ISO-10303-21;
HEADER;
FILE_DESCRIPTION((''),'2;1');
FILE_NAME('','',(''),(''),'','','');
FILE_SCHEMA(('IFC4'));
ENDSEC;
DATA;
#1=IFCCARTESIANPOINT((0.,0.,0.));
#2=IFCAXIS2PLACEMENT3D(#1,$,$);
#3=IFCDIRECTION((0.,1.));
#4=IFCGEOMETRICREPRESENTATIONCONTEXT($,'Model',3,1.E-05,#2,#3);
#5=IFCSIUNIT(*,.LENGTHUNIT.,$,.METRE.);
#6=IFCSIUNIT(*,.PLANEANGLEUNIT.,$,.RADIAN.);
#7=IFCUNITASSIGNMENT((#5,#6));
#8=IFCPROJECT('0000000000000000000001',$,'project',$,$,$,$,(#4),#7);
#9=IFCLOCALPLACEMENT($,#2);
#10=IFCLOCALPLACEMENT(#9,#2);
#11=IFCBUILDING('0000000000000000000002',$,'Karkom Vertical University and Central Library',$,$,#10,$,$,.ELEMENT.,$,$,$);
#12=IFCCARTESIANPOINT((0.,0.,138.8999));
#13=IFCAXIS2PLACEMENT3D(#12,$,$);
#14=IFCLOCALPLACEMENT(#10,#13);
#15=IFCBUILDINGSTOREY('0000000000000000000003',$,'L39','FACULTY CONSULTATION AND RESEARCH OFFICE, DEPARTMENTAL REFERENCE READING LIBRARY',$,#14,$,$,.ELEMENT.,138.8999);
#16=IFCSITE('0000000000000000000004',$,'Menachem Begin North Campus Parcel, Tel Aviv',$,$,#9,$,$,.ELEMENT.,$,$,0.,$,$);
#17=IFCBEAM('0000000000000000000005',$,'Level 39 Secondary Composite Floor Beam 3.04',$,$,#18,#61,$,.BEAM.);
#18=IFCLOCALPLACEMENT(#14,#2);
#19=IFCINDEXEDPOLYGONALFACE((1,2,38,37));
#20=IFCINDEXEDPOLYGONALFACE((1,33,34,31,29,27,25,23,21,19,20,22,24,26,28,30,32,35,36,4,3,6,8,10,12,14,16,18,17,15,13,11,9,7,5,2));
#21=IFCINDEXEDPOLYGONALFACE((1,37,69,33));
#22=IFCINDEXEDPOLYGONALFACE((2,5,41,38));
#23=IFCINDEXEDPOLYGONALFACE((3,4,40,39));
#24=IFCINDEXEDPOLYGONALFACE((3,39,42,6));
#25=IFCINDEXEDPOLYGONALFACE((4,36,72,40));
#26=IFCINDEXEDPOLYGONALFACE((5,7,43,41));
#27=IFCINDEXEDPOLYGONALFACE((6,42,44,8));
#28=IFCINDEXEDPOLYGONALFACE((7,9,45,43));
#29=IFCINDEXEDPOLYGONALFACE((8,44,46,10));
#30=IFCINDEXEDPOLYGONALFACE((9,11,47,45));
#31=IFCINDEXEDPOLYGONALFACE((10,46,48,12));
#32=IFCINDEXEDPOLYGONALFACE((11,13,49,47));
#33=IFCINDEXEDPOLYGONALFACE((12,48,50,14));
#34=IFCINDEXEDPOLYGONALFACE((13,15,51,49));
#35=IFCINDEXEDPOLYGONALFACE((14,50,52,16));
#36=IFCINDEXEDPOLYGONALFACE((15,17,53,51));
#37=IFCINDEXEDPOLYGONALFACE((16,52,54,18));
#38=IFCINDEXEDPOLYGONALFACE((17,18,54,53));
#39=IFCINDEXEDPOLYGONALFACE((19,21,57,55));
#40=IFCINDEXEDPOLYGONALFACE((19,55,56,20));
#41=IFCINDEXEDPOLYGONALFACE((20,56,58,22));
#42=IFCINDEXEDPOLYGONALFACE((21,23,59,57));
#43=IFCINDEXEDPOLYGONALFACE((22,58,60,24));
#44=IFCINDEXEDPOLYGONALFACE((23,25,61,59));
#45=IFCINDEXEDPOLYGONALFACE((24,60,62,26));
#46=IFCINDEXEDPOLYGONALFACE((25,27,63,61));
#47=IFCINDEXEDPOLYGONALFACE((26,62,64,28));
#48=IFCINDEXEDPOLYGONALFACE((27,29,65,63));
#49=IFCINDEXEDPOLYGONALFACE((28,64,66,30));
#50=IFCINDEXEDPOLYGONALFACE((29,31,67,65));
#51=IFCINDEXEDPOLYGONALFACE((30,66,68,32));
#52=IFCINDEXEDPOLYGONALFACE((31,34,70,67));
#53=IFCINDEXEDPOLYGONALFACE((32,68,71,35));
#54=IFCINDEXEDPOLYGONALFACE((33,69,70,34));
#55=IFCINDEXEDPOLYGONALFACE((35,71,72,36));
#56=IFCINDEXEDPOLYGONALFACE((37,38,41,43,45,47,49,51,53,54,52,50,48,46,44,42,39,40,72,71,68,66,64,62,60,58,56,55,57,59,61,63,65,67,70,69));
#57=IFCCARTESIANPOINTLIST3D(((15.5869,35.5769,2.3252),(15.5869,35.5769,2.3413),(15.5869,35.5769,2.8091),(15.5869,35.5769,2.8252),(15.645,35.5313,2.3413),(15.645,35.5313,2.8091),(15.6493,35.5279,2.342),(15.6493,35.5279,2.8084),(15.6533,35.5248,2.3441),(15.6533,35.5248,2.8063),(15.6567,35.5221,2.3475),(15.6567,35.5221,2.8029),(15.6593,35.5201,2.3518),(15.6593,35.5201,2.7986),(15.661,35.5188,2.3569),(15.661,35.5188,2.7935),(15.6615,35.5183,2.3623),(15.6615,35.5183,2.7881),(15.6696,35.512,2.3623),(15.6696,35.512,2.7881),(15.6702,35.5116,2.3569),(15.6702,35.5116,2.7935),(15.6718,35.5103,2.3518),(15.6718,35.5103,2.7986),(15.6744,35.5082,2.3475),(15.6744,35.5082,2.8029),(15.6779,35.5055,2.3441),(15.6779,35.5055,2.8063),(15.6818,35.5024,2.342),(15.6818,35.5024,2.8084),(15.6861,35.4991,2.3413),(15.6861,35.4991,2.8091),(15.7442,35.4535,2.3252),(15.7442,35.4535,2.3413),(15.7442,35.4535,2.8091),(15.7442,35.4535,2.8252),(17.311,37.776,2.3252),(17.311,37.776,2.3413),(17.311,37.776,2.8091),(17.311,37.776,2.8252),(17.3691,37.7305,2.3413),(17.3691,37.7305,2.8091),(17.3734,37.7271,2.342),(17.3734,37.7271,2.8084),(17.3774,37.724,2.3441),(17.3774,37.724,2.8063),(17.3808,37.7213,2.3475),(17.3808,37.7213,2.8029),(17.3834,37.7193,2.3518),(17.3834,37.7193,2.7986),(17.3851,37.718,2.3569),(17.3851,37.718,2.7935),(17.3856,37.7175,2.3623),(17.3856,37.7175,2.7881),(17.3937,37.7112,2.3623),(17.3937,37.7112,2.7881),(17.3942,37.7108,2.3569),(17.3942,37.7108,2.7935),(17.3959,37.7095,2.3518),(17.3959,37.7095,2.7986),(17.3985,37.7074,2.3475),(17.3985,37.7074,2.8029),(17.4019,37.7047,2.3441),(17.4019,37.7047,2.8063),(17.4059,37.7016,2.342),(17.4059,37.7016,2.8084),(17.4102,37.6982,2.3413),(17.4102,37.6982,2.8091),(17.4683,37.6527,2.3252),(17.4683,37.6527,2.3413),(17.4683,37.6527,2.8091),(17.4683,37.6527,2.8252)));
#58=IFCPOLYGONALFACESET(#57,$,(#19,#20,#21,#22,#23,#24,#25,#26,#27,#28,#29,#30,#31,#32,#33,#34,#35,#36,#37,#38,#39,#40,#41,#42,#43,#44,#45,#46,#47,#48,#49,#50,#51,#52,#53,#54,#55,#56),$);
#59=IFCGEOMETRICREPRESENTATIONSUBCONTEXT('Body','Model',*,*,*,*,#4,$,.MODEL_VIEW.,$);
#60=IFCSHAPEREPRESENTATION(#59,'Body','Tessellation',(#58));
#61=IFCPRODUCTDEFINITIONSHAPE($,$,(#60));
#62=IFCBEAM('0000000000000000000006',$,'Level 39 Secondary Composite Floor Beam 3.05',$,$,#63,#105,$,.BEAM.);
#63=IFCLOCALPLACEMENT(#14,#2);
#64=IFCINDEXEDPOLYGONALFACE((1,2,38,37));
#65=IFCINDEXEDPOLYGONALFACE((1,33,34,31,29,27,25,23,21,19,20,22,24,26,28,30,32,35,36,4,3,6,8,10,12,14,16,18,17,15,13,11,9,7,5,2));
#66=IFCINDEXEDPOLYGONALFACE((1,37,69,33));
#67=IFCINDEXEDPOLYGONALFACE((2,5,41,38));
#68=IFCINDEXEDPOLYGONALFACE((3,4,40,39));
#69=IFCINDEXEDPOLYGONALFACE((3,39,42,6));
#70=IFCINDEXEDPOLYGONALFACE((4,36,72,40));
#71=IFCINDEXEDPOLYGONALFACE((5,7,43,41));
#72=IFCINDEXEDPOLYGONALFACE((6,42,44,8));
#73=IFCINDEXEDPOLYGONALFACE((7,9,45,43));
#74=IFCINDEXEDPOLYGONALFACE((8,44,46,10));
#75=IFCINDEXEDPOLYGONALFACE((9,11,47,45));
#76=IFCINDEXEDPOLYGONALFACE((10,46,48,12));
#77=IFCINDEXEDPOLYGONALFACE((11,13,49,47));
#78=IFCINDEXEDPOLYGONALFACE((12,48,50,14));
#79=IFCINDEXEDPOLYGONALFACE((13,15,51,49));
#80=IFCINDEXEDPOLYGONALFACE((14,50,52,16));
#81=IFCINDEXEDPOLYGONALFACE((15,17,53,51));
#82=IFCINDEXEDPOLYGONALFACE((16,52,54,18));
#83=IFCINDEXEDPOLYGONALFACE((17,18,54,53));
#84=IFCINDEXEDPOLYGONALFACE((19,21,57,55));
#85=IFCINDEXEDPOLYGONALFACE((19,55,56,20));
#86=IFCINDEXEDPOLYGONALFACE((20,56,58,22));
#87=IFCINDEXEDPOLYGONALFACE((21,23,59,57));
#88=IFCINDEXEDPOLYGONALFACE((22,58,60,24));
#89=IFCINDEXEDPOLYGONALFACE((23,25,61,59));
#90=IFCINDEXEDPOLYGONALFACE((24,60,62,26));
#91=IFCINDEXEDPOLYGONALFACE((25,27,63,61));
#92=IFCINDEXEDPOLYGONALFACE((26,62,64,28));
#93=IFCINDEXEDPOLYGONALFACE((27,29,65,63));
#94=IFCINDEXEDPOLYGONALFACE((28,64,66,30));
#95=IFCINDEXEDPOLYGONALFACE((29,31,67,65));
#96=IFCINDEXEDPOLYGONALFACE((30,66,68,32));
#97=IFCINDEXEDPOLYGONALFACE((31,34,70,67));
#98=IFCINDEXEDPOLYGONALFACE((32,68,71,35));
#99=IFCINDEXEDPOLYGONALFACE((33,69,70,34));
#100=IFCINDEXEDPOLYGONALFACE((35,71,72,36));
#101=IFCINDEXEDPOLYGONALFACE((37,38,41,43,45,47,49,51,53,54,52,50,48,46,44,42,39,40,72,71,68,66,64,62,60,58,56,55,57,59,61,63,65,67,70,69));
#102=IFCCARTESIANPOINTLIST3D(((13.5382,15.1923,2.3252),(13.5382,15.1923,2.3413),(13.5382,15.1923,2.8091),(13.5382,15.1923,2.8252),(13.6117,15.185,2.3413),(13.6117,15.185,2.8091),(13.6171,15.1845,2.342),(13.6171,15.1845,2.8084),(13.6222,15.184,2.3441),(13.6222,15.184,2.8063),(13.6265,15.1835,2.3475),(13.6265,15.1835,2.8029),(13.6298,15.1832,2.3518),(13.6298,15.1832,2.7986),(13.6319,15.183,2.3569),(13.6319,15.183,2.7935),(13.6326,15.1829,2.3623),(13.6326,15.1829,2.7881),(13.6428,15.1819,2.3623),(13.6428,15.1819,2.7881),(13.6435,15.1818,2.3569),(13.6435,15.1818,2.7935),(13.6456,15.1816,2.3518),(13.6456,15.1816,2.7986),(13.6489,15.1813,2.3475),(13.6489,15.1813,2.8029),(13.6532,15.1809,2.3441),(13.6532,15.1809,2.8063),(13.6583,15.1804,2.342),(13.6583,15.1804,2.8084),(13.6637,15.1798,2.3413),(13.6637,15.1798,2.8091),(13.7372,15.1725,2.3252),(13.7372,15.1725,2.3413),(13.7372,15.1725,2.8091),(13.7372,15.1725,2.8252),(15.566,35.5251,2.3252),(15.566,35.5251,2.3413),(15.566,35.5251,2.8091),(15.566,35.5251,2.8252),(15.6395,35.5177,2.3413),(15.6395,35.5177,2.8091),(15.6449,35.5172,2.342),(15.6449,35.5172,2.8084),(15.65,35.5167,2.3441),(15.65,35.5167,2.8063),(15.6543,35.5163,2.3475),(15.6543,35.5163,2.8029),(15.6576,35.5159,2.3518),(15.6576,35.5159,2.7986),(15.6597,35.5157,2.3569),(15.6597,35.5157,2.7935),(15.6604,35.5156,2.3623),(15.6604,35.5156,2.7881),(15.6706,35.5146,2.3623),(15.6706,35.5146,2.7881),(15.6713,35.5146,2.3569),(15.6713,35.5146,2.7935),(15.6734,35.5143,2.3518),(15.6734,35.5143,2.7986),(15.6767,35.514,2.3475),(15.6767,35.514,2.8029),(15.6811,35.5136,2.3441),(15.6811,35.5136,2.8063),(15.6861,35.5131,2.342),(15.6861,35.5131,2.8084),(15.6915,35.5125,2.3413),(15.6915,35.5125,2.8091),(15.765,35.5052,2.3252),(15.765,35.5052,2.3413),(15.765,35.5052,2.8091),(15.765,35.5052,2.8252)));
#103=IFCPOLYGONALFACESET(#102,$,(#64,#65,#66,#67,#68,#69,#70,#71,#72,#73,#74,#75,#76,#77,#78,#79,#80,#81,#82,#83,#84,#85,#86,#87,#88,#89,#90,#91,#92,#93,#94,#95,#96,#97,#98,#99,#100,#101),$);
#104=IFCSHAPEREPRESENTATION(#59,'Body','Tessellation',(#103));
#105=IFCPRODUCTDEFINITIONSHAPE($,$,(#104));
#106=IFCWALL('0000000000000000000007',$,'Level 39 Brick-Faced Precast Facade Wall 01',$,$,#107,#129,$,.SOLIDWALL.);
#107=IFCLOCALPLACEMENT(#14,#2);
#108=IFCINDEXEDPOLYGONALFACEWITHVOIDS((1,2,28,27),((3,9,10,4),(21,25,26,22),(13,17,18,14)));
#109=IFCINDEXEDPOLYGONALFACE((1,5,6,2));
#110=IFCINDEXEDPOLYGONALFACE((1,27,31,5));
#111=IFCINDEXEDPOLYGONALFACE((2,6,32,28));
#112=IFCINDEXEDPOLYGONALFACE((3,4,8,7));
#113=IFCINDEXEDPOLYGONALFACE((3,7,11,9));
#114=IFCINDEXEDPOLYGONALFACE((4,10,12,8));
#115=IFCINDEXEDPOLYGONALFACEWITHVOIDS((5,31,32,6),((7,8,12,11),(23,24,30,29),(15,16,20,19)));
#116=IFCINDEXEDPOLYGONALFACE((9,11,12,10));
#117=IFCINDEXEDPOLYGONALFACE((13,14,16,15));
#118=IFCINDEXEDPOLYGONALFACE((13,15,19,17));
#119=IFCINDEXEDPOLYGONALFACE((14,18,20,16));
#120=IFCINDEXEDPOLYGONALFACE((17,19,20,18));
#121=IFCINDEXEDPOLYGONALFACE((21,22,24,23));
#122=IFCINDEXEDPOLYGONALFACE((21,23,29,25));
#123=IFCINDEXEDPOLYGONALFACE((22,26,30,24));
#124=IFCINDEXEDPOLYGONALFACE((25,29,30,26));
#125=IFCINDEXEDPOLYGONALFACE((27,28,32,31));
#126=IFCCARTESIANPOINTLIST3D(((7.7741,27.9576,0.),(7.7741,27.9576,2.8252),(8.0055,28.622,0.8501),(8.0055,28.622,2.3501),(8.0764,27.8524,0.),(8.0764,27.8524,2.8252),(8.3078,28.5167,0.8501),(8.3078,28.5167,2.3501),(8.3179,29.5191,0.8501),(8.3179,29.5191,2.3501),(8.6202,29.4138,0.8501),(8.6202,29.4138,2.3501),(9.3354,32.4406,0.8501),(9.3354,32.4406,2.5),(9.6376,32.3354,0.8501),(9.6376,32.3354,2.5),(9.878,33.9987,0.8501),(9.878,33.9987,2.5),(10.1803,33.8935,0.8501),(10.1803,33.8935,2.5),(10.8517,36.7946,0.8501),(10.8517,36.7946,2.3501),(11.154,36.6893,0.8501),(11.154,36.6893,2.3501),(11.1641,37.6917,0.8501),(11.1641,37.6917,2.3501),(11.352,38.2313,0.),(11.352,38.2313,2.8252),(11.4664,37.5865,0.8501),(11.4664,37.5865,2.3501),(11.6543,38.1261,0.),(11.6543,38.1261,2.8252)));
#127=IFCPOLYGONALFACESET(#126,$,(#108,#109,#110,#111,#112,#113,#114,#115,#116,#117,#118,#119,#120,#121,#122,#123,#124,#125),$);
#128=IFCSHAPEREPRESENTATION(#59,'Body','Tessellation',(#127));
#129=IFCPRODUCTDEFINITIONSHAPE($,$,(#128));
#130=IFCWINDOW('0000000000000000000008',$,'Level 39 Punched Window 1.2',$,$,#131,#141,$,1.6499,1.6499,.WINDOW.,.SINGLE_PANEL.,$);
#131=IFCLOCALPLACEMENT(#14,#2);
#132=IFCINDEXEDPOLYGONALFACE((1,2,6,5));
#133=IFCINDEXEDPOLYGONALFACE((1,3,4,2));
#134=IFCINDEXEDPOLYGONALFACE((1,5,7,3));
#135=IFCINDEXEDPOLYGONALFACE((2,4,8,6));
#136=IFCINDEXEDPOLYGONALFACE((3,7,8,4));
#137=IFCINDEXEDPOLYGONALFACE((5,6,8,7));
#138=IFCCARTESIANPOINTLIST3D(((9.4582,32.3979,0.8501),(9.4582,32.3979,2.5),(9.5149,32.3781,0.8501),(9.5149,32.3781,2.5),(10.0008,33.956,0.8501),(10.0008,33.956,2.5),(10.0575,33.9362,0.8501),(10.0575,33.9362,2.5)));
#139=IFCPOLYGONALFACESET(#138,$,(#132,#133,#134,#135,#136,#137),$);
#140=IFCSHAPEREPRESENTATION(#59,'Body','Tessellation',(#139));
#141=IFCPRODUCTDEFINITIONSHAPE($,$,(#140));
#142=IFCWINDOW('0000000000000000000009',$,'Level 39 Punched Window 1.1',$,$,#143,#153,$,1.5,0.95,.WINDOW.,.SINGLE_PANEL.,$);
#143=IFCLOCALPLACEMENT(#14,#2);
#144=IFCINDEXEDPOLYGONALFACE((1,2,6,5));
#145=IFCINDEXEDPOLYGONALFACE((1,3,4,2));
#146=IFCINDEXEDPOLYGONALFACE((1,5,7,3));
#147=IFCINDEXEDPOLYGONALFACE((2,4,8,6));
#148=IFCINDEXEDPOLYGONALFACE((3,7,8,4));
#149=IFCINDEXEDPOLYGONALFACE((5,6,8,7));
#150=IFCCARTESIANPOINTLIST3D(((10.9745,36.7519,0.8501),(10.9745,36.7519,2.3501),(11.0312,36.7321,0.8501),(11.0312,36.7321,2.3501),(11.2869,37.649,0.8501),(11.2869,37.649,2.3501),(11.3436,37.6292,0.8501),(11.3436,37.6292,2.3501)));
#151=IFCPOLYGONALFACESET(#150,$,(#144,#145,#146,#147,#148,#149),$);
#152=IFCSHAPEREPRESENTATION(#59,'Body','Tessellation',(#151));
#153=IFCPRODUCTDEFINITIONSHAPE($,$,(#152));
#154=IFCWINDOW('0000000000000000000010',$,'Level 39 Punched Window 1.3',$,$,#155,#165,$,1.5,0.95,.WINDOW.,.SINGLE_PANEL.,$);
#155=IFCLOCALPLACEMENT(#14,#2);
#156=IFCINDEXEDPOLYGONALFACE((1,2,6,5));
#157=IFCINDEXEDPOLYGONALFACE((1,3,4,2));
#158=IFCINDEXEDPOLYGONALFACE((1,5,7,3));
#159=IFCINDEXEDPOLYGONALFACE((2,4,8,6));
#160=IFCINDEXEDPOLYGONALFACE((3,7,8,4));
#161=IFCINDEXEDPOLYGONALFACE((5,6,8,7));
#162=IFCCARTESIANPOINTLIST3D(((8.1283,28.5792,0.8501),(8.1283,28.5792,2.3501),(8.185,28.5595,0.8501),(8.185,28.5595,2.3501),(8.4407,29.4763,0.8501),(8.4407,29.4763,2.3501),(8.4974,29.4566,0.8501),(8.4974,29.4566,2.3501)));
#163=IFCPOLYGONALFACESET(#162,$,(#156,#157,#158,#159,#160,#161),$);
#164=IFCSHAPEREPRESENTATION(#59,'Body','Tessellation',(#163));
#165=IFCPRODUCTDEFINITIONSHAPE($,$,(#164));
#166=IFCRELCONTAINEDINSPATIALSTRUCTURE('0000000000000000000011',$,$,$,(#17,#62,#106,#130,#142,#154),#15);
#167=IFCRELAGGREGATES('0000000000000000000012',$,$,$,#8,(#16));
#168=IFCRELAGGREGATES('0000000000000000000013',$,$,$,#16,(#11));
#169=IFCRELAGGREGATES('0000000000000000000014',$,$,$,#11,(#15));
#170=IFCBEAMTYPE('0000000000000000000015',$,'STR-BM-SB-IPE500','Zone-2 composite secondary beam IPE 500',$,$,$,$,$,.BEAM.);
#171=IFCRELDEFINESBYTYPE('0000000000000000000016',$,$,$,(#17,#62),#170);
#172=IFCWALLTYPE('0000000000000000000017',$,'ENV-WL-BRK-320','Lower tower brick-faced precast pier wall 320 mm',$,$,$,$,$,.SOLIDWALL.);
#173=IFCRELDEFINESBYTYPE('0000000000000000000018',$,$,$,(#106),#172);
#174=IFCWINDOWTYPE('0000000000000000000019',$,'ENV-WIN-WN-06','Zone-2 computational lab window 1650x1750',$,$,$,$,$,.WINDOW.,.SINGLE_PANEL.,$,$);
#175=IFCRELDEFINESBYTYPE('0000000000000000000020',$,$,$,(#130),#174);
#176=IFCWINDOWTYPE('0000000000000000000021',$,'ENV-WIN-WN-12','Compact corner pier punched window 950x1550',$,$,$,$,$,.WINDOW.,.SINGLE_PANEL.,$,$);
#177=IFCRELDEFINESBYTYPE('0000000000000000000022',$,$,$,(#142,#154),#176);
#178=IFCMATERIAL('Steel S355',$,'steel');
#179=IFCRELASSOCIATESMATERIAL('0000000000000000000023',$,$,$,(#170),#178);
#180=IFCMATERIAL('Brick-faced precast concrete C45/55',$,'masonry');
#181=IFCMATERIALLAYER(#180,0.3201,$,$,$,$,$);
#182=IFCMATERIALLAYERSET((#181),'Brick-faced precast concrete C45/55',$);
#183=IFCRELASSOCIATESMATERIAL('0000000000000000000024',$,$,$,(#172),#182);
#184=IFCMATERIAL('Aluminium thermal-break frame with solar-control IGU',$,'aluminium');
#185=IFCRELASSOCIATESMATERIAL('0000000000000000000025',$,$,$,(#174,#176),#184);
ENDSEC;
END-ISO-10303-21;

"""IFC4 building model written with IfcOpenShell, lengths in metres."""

from ifc_helpers import new_model, si_unit, direction, frame, frame_2d, origin, origin_with_axes, origin_2d, place, context, subcontext, project, spatial, rectangle, i_section, extrude, source, transform, mapped, material, layer, layer_set, material_profile, profile_set, type_object, element, fill, save


model = new_model("IFC4")

# Units and contexts
model_context = context("Model", 3, precision=1e-05, world=origin(), true_north=direction((0.0, 1.0)))
body_context = subcontext(model_context, "Body", "Model", "MODEL_VIEW")
ifc_project = project(units=[si_unit("LENGTHUNIT", "METRE"), si_unit("PLANEANGLEUNIT", "RADIAN")], contexts=[model_context])

# Site, building, storey
site_placement = place(None, origin())
site = spatial("IfcSite", under=ifc_project, at=site_placement, Name="Menachem Begin North Campus Parcel, Tel Aviv", CompositionType="ELEMENT", RefElevation=0.0)
building_placement = place(site_placement, origin())
building = spatial("IfcBuilding", under=site, at=building_placement, Name="Karkom Vertical University and Central Library", CompositionType="ELEMENT")
storey_placement = place(building_placement, frame((0.0, 0.0, 138.8999)))
storey = spatial("IfcBuildingStorey", under=building, at=storey_placement, Name="L39", Description="FACULTY CONSULTATION AND RESEARCH OFFICE, DEPARTMENTAL REFERENCE READING LIBRARY", CompositionType="ELEMENT", Elevation=138.8999)

# Beams
ifc_material_1 = material(Name="Steel S355", Category="steel")
ifc_material_profile_1 = material_profile(ifc_material_1, i_section(OverallWidth=0.2, OverallDepth=0.5, WebThickness=0.0103, FlangeThickness=0.0161, FilletRadius=0.021, at=origin_2d()), Name="IPE 500")
ifc_profile_set_1 = profile_set([ifc_material_profile_1], Name="Steel S355")
beam_type_1 = type_object("IfcBeamType", Name="STR-BM-SB-IPE500", Description="Zone-2 composite secondary beam IPE 500", PredefinedType="BEAM", material=ifc_profile_set_1)
shared_shape_1 = source(origin_with_axes(), body_context, "Body", "SweptSolid", [
    extrude(i_section(OverallWidth=0.2, OverallDepth=0.5, WebThickness=0.0103, FlangeThickness=0.0161, FilletRadius=0.021, at=origin_2d()), origin(), (0.0, 0.0, 1.0), 2.7944),
])
beam_1_placement = place(storey_placement, frame((17.3896, 37.7144, 2.5752), z_axis=(-0.616972, -0.786985, 0.0), x_axis=(0.786985, -0.616972, 0.0)))
element("IfcBeam", 1, at=beam_1_placement, inside=storey, type_object=beam_type_1, Name="Level 39 Secondary Composite Floor Beam 3.04", PredefinedType="BEAM", context=body_context, shape_type="MappedRepresentation", body=[
    mapped(shared_shape_1, transform((0.0, 0.0, 0.0), scale=1.0)),
])
shared_shape_2 = source(origin_with_axes(), body_context, "Body", "SweptSolid", [
    extrude(i_section(OverallWidth=0.2, OverallDepth=0.5, WebThickness=0.0103, FlangeThickness=0.0161, FilletRadius=0.021, at=origin_2d()), origin(), (0.0, 0.0, 1.0), 20.4336),
])
beam_2_placement = place(storey_placement, frame((15.6655, 35.5151, 2.5752), z_axis=(-0.09924, -0.995064, 0.0), x_axis=(0.995064, -0.09924, 0.0)))
element("IfcBeam", 2, at=beam_2_placement, inside=storey, type_object=beam_type_1, Name="Level 39 Secondary Composite Floor Beam 3.05", PredefinedType="BEAM", context=body_context, shape_type="MappedRepresentation", body=[
    mapped(shared_shape_2, transform((0.0, 0.0, 0.0), scale=1.0)),
])

# Wall, openings, windows
ifc_material_2 = material(Name="Brick-faced precast concrete C45/55", Category="masonry")
ifc_layer_1 = layer(ifc_material_2, 0.3201)
ifc_layer_set_1 = layer_set([ifc_layer_1], Name="Brick-faced precast concrete C45/55")
wall_type_1 = type_object("IfcWallType", Name="ENV-WL-BRK-320", Description="Lower tower brick-faced precast pier wall 320 mm", PredefinedType="SOLIDWALL", material=ifc_layer_set_1)
wall_1_placement = place(storey_placement, frame((11.5032, 38.1787, 0.0), z_axis=(0.0, 0.0, 1.0), x_axis=(-0.328884, -0.94437, 0.0)))
wall_1 = element("IfcWall", 3, at=wall_1_placement, inside=storey, type_object=wall_type_1, Name="Level 39 Brick-Faced Precast Facade Wall 01", PredefinedType="SOLIDWALL", context=body_context, shape_type="SweptSolid", body=[
    extrude(rectangle(XDim=10.8789, YDim=0.3201, at=frame_2d((5.4395, 0.0))), origin(), (0.0, 0.0, 1.0), 2.8252),
])
opening_1_placement = place(wall_1_placement, frame((0.5713, 0.0, 0.8501)))
opening_1 = element("IfcOpeningElement", 4, at=opening_1_placement, cuts=wall_1, PredefinedType="OPENING", context=body_context, shape_type="SweptSolid", body=[
    extrude(rectangle(XDim=0.95, YDim=1.5, at=frame_2d((0.4751, 0.75))), frame((0.0, 0.1699, 0.0), z_axis=(0.0, -1.0, 0.0), x_axis=(1.0, 0.0, 0.0)), (0.0, 0.0, 1.0), 0.3401),
])
opening_2_placement = place(wall_1_placement, frame((4.4819, 0.0, 0.8501)))
opening_2 = element("IfcOpeningElement", 5, at=opening_2_placement, cuts=wall_1, PredefinedType="OPENING", context=body_context, shape_type="SweptSolid", body=[
    extrude(rectangle(XDim=1.6499, YDim=1.6499, at=frame_2d((0.825, 0.825))), frame((0.0, 0.1699, 0.0), z_axis=(0.0, -1.0, 0.0), x_axis=(1.0, 0.0, 0.0)), (0.0, 0.0, 1.0), 0.3401),
])
opening_3_placement = place(wall_1_placement, frame((9.2253, 0.0, 0.8501)))
opening_3 = element("IfcOpeningElement", 6, at=opening_3_placement, cuts=wall_1, PredefinedType="OPENING", context=body_context, shape_type="SweptSolid", body=[
    extrude(rectangle(XDim=0.95, YDim=1.5, at=frame_2d((0.4751, 0.75))), frame((0.0, 0.1699, 0.0), z_axis=(0.0, -1.0, 0.0), x_axis=(1.0, 0.0, 0.0)), (0.0, 0.0, 1.0), 0.3401),
])
ifc_material_3 = material(Name="Aluminium thermal-break frame with solar-control IGU", Category="aluminium")
window_type_1 = type_object("IfcWindowType", Name="ENV-WIN-WN-06", Description="Zone-2 computational lab window 1650x1750", PartitioningType="SINGLE_PANEL", PredefinedType="WINDOW", material=ifc_material_3)
shared_shape_3 = source(origin_with_axes(), body_context, "Body", "SweptSolid", [
    extrude(rectangle(XDim=1.6499, YDim=1.6499, at=frame_2d((0.825, 0.825))), frame((0.0, 0.03, 0.0), z_axis=(0.0, -1.0, 0.0), x_axis=(1.0, 0.0, 0.0)), (0.0, 0.0, 1.0), 0.0601),
])
window_1_placement = place(opening_2_placement, origin())
window_1 = element("IfcWindow", 7, at=window_1_placement, inside=storey, type_object=window_type_1, Name="Level 39 Punched Window 1.2", OverallHeight=1.6499, OverallWidth=1.6499, PartitioningType="SINGLE_PANEL", PredefinedType="WINDOW", context=body_context, shape_type="MappedRepresentation", body=[
    mapped(shared_shape_3, transform((0.0, 0.0, 0.0), scale=1.0)),
])
fill(opening_2, window_1)
window_type_2 = type_object("IfcWindowType", Name="ENV-WIN-WN-12", Description="Compact corner pier punched window 950x1550", PartitioningType="SINGLE_PANEL", PredefinedType="WINDOW", material=ifc_material_3)
shared_shape_4 = source(origin_with_axes(), body_context, "Body", "SweptSolid", [
    extrude(rectangle(XDim=0.95, YDim=1.5, at=frame_2d((0.4751, 0.75))), frame((0.0, 0.03, 0.0), z_axis=(0.0, -1.0, 0.0), x_axis=(1.0, 0.0, 0.0)), (0.0, 0.0, 1.0), 0.0601),
])
window_2_placement = place(opening_1_placement, origin())
window_2 = element("IfcWindow", 8, at=window_2_placement, inside=storey, type_object=window_type_2, Name="Level 39 Punched Window 1.1", OverallHeight=1.5, OverallWidth=0.95, PartitioningType="SINGLE_PANEL", PredefinedType="WINDOW", context=body_context, shape_type="MappedRepresentation", body=[
    mapped(shared_shape_4, transform((0.0, 0.0, 0.0), scale=1.0)),
])
fill(opening_1, window_2)
window_3_placement = place(opening_3_placement, origin())
window_3 = element("IfcWindow", 9, at=window_3_placement, inside=storey, type_object=window_type_2, Name="Level 39 Punched Window 1.3", OverallHeight=1.5, OverallWidth=0.95, PartitioningType="SINGLE_PANEL", PredefinedType="WINDOW", context=body_context, shape_type="MappedRepresentation", body=[
    mapped(shared_shape_4, transform((0.0, 0.0, 0.0), scale=1.0)),
])
fill(opening_3, window_3)

save(model, "model.ifc")
